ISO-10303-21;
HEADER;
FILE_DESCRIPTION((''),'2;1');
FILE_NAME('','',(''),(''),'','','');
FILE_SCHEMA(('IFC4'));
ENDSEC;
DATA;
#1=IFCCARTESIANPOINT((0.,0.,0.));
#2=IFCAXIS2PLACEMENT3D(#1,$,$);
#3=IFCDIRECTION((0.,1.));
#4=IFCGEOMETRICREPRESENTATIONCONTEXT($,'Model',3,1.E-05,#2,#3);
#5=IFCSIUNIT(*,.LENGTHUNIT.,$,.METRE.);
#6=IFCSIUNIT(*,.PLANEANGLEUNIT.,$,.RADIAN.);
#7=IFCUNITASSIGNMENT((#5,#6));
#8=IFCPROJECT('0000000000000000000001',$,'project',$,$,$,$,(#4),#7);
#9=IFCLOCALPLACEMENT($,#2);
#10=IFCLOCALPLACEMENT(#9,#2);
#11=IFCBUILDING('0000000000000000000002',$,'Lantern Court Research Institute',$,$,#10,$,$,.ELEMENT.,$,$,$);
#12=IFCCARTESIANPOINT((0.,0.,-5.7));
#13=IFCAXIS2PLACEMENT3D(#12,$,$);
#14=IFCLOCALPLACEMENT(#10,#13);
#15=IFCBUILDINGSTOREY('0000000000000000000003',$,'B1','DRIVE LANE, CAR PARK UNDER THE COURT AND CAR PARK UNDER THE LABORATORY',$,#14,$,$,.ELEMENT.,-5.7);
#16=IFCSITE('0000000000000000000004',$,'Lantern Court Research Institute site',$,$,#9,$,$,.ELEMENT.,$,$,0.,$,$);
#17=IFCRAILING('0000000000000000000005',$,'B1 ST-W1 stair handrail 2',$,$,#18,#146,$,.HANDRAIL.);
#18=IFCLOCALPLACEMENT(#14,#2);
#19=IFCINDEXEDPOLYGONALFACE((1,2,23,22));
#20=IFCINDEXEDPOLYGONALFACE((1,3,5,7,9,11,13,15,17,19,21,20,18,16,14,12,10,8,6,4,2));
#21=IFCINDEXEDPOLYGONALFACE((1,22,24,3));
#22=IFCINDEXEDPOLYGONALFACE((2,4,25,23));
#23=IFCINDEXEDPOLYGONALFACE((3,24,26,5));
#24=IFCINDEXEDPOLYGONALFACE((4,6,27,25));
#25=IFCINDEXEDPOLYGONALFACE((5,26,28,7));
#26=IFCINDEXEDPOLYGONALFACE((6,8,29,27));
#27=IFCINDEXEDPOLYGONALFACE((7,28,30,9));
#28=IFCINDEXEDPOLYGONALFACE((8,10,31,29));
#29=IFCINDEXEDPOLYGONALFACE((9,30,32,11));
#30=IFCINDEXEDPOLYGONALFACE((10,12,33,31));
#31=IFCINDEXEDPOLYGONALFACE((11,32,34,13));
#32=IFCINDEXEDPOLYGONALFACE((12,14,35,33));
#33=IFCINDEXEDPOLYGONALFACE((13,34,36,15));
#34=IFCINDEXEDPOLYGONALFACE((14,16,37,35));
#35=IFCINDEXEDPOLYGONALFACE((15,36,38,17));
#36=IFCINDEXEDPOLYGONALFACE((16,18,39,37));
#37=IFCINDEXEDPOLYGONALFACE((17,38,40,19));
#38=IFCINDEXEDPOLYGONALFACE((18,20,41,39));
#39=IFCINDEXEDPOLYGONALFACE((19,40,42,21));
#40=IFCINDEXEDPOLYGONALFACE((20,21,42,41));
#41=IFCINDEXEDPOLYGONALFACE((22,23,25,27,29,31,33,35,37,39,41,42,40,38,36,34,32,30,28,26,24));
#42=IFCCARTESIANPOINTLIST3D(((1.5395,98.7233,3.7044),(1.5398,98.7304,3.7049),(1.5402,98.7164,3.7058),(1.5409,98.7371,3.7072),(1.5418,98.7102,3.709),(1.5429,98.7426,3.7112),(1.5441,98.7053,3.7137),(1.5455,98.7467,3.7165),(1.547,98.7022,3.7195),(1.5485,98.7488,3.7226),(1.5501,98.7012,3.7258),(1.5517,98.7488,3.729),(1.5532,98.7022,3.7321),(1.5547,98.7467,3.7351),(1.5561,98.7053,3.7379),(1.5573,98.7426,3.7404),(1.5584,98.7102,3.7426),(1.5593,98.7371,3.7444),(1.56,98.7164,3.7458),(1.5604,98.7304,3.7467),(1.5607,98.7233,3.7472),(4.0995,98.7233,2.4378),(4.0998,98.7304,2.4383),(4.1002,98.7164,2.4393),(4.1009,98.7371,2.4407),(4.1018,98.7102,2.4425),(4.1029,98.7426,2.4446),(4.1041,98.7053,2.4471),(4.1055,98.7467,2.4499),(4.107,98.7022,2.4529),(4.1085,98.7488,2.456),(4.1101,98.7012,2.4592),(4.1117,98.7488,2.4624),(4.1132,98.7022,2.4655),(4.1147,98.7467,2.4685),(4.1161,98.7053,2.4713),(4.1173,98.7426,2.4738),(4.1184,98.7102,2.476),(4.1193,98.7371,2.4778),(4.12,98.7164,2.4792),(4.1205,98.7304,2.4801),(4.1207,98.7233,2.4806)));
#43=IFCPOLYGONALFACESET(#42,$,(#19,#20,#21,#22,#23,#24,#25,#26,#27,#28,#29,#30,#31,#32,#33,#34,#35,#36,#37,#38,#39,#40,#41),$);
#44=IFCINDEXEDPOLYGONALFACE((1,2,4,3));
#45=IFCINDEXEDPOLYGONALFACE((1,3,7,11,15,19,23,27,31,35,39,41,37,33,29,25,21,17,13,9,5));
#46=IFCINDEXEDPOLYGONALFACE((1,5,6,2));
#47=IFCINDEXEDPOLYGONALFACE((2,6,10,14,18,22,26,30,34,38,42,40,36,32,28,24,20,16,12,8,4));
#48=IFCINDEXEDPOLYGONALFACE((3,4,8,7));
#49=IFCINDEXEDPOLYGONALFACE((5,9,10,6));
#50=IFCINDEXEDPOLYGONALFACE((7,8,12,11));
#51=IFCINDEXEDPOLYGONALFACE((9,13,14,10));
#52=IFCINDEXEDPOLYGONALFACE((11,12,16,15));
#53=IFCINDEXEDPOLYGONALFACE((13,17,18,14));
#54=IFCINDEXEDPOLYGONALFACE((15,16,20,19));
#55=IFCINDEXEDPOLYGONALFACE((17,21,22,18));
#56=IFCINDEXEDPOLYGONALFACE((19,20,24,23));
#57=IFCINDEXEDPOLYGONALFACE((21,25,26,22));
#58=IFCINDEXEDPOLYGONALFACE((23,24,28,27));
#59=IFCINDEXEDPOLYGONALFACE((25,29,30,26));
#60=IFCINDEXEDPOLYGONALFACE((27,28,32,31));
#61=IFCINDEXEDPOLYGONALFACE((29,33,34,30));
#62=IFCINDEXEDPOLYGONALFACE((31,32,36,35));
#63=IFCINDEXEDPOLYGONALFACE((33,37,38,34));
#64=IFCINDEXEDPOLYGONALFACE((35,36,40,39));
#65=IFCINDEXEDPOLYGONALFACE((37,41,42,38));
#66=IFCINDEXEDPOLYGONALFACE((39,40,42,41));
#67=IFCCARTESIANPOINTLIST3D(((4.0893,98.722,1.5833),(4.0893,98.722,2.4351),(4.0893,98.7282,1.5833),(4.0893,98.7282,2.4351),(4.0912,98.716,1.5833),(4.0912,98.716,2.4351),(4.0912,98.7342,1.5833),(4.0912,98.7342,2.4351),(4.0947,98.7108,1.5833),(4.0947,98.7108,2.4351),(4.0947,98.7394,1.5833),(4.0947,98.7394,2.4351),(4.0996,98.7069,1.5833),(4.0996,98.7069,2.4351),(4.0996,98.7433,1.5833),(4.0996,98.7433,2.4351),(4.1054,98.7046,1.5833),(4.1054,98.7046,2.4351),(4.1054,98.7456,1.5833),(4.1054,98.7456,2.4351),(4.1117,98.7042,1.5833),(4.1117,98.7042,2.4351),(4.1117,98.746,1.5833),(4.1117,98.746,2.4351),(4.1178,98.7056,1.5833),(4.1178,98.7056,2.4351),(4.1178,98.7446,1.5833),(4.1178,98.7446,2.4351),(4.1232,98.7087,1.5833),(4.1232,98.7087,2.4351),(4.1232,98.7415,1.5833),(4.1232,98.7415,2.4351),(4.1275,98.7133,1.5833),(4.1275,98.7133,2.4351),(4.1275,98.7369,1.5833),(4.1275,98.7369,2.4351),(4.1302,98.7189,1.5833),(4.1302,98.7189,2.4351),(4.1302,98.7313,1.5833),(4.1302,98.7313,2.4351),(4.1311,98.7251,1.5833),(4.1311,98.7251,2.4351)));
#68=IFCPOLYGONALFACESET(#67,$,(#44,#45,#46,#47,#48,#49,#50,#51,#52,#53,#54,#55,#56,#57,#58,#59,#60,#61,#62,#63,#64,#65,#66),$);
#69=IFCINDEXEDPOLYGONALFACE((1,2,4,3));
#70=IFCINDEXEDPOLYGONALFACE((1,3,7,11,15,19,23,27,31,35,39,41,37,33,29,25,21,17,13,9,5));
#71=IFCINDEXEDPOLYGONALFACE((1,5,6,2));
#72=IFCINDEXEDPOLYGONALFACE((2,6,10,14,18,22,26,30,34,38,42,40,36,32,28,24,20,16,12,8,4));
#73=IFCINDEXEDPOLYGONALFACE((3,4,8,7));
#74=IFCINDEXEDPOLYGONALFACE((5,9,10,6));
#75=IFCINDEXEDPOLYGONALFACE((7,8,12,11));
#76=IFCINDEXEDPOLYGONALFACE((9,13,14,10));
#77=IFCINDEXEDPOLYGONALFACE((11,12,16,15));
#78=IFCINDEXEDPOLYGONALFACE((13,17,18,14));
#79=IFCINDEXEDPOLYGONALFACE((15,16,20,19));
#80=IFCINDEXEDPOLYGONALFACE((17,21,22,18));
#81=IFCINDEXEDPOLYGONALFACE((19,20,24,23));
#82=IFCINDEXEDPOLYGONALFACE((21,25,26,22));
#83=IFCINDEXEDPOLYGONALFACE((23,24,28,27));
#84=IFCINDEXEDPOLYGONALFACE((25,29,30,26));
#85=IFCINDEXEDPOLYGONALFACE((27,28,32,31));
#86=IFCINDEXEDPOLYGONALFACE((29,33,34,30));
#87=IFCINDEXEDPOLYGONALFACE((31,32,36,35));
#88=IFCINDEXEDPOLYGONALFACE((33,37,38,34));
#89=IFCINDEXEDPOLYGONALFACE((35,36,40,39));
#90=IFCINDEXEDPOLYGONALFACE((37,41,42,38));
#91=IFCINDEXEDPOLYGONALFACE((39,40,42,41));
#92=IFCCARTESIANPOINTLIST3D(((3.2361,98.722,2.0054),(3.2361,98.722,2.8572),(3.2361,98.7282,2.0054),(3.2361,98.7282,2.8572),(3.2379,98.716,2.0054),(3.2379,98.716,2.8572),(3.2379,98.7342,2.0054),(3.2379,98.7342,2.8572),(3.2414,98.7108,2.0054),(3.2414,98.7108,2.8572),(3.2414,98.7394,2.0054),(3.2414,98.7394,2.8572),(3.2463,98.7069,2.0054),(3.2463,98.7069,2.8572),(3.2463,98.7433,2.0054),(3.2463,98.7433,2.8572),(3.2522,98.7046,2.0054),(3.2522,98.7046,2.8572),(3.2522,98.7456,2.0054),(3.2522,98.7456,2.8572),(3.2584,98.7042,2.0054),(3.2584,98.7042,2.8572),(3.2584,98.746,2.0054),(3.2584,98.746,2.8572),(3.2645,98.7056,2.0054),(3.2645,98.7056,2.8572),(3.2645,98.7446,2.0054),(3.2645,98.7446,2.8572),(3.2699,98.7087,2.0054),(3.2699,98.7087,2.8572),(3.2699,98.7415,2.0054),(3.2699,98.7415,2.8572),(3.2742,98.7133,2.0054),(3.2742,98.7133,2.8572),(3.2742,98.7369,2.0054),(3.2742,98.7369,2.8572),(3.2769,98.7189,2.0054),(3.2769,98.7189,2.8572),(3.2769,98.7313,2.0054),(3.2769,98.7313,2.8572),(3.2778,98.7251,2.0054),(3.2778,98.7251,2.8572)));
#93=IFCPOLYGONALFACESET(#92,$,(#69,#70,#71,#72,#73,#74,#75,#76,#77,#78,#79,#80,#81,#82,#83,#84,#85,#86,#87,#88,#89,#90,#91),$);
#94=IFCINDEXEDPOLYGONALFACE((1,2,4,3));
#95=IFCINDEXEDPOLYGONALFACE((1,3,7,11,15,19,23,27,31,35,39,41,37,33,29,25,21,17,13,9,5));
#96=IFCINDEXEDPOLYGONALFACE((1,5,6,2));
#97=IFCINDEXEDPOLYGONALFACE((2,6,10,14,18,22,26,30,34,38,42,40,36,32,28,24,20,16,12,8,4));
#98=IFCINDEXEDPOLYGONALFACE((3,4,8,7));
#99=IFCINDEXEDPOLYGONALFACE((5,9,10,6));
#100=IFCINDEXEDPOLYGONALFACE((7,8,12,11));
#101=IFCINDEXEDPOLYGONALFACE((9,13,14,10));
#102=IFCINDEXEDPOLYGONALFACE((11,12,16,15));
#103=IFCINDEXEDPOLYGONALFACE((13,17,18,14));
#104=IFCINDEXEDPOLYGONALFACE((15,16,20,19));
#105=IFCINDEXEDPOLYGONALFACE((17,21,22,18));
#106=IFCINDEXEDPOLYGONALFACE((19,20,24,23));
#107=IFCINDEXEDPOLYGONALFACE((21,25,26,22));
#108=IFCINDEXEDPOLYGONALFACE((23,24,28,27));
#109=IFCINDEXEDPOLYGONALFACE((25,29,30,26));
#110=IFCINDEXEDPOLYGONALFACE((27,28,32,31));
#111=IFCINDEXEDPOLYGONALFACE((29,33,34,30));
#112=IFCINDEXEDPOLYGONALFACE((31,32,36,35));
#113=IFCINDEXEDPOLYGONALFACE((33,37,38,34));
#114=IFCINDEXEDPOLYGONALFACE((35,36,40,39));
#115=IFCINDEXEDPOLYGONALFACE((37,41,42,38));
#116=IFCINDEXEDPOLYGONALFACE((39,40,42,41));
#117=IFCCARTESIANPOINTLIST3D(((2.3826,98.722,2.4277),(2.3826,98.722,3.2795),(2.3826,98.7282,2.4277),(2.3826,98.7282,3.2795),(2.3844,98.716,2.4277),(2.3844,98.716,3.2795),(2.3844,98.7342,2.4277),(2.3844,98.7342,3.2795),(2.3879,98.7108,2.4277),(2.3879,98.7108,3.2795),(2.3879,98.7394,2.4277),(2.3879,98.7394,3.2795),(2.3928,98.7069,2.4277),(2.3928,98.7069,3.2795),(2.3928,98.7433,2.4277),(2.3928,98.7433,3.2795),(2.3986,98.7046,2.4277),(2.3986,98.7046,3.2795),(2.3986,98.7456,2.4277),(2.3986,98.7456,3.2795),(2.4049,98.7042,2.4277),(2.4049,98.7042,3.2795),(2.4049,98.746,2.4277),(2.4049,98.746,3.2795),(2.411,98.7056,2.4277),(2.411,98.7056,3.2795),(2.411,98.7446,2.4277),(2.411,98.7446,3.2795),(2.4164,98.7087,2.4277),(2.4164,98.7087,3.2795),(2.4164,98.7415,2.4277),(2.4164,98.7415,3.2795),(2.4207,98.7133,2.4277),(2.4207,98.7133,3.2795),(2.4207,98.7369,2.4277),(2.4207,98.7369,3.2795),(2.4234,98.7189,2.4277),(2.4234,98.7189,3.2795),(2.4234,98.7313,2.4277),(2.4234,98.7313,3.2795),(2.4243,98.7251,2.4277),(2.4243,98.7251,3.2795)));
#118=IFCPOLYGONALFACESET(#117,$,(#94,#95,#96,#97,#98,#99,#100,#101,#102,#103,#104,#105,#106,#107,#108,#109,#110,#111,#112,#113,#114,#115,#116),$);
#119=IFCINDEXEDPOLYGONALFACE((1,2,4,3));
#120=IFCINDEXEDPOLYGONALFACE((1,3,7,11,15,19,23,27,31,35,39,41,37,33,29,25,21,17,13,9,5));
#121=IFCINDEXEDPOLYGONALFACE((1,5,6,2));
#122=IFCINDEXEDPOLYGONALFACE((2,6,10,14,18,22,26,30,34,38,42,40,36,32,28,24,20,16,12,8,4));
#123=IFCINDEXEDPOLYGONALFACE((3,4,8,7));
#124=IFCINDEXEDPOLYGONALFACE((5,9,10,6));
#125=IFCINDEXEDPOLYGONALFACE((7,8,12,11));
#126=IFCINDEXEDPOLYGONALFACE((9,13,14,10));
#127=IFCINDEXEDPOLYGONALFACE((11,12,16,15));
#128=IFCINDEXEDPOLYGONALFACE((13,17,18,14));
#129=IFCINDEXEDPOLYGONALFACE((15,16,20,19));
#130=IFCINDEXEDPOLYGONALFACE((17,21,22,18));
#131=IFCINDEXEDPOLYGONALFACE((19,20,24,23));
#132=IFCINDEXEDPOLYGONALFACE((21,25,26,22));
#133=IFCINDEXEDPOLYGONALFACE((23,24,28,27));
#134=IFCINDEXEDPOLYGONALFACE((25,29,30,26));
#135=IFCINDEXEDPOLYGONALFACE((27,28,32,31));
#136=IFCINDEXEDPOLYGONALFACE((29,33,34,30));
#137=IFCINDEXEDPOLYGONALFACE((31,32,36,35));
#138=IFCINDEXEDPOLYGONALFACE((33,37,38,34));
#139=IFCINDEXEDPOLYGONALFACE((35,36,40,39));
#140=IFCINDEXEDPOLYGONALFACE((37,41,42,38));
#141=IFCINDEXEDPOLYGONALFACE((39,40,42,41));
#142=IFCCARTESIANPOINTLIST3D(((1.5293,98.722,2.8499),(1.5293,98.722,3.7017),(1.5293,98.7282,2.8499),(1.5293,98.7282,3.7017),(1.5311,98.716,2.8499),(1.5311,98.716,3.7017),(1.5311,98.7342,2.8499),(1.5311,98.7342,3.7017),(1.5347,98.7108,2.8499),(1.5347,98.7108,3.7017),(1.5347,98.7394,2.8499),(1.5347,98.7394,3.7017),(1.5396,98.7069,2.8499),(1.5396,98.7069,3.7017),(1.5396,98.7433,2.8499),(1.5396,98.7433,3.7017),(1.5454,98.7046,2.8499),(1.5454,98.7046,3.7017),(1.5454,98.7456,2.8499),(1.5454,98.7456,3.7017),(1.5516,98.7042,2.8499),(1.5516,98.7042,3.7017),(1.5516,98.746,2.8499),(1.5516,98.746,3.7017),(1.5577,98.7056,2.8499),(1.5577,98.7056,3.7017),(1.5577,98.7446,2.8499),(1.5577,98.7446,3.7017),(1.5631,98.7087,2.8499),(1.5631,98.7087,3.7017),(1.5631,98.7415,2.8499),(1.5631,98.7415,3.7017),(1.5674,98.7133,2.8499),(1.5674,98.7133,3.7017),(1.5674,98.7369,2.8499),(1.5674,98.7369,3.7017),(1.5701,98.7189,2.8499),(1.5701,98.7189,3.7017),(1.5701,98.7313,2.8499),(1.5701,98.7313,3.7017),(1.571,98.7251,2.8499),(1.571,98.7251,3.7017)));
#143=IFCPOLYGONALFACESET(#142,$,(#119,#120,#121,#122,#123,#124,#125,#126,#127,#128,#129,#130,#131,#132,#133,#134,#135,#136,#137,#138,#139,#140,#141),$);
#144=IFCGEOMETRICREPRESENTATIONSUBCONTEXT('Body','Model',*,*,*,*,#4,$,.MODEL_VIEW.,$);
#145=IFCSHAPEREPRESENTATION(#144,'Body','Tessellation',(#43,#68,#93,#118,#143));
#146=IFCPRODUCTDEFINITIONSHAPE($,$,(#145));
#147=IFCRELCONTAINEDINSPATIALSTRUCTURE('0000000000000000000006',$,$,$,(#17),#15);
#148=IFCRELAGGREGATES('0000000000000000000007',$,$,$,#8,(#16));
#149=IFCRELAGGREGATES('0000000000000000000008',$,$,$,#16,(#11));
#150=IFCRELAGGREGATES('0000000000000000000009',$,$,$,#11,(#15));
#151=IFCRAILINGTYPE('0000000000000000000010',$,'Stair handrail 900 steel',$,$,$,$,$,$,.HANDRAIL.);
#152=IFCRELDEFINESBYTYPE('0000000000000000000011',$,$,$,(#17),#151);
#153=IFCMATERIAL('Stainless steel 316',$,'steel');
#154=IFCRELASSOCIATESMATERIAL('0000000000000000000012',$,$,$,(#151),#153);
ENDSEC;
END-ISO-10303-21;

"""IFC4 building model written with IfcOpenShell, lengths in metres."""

from ifc_helpers import new_model, si_unit, direction, frame, origin, origin_2d, place, context, subcontext, project, spatial, circle, extrude, material, type_object, element, save


model = new_model("IFC4")

# Units and contexts
model_context = context("Model", 3, precision=1e-05, world=origin(), true_north=direction((0.0, 1.0)))
body_context = subcontext(model_context, "Body", "Model", "MODEL_VIEW")
ifc_project = project(units=[si_unit("LENGTHUNIT", "METRE"), si_unit("PLANEANGLEUNIT", "RADIAN")], contexts=[model_context])

# Site, building, storey
site_placement = place(None, origin())
site = spatial("IfcSite", under=ifc_project, at=site_placement, Name="Lantern Court Research Institute site", CompositionType="ELEMENT", RefElevation=0.0)
building_placement = place(site_placement, origin())
building = spatial("IfcBuilding", under=site, at=building_placement, Name="Lantern Court Research Institute", CompositionType="ELEMENT")
storey_placement = place(building_placement, frame((0.0, 0.0, -5.7)))
storey = spatial("IfcBuildingStorey", under=building, at=storey_placement, Name="B1", Description="DRIVE LANE, CAR PARK UNDER THE COURT AND CAR PARK UNDER THE LABORATORY", CompositionType="ELEMENT", Elevation=-5.7)

# Railing
ifc_material_1 = material(Name="Stainless steel 316", Category="steel")
railing_type_1 = type_object("IfcRailingType", Name="Stair handrail 900 steel", PredefinedType="HANDRAIL", material=ifc_material_1)
railing_1_placement = place(storey_placement, frame((4.1101, 98.7251, 1.5833)))
element("IfcRailing", 1, at=railing_1_placement, inside=storey, type_object=railing_type_1, Name="B1 ST-W1 stair handrail 2", PredefinedType="HANDRAIL", context=body_context, shape_type="SweptSolid", body=[
    extrude(circle(Radius=0.0239, at=origin_2d()), frame((0.0, 0.0, 0.876), z_axis=(-0.8963, 0.0, 0.443449), x_axis=(0.0, -1.0, 0.0)), (0.0, 0.0, 1.0), 2.8562),
    extrude(circle(Radius=0.021, at=origin_2d()), origin(), (0.0, 0.0, 1.0), 0.8518),
    extrude(circle(Radius=0.021, at=origin_2d()), frame((-0.8533, 0.0, 0.4221)), (0.0, 0.0, 1.0), 0.8518),
    extrude(circle(Radius=0.021, at=origin_2d()), frame((-1.7068, 0.0, 0.8445)), (0.0, 0.0, 1.0), 0.8518),
    extrude(circle(Radius=0.021, at=origin_2d()), frame((-2.5601, 0.0, 1.2666)), (0.0, 0.0, 1.0), 0.8518),
])

save(model, "model.ifc")
